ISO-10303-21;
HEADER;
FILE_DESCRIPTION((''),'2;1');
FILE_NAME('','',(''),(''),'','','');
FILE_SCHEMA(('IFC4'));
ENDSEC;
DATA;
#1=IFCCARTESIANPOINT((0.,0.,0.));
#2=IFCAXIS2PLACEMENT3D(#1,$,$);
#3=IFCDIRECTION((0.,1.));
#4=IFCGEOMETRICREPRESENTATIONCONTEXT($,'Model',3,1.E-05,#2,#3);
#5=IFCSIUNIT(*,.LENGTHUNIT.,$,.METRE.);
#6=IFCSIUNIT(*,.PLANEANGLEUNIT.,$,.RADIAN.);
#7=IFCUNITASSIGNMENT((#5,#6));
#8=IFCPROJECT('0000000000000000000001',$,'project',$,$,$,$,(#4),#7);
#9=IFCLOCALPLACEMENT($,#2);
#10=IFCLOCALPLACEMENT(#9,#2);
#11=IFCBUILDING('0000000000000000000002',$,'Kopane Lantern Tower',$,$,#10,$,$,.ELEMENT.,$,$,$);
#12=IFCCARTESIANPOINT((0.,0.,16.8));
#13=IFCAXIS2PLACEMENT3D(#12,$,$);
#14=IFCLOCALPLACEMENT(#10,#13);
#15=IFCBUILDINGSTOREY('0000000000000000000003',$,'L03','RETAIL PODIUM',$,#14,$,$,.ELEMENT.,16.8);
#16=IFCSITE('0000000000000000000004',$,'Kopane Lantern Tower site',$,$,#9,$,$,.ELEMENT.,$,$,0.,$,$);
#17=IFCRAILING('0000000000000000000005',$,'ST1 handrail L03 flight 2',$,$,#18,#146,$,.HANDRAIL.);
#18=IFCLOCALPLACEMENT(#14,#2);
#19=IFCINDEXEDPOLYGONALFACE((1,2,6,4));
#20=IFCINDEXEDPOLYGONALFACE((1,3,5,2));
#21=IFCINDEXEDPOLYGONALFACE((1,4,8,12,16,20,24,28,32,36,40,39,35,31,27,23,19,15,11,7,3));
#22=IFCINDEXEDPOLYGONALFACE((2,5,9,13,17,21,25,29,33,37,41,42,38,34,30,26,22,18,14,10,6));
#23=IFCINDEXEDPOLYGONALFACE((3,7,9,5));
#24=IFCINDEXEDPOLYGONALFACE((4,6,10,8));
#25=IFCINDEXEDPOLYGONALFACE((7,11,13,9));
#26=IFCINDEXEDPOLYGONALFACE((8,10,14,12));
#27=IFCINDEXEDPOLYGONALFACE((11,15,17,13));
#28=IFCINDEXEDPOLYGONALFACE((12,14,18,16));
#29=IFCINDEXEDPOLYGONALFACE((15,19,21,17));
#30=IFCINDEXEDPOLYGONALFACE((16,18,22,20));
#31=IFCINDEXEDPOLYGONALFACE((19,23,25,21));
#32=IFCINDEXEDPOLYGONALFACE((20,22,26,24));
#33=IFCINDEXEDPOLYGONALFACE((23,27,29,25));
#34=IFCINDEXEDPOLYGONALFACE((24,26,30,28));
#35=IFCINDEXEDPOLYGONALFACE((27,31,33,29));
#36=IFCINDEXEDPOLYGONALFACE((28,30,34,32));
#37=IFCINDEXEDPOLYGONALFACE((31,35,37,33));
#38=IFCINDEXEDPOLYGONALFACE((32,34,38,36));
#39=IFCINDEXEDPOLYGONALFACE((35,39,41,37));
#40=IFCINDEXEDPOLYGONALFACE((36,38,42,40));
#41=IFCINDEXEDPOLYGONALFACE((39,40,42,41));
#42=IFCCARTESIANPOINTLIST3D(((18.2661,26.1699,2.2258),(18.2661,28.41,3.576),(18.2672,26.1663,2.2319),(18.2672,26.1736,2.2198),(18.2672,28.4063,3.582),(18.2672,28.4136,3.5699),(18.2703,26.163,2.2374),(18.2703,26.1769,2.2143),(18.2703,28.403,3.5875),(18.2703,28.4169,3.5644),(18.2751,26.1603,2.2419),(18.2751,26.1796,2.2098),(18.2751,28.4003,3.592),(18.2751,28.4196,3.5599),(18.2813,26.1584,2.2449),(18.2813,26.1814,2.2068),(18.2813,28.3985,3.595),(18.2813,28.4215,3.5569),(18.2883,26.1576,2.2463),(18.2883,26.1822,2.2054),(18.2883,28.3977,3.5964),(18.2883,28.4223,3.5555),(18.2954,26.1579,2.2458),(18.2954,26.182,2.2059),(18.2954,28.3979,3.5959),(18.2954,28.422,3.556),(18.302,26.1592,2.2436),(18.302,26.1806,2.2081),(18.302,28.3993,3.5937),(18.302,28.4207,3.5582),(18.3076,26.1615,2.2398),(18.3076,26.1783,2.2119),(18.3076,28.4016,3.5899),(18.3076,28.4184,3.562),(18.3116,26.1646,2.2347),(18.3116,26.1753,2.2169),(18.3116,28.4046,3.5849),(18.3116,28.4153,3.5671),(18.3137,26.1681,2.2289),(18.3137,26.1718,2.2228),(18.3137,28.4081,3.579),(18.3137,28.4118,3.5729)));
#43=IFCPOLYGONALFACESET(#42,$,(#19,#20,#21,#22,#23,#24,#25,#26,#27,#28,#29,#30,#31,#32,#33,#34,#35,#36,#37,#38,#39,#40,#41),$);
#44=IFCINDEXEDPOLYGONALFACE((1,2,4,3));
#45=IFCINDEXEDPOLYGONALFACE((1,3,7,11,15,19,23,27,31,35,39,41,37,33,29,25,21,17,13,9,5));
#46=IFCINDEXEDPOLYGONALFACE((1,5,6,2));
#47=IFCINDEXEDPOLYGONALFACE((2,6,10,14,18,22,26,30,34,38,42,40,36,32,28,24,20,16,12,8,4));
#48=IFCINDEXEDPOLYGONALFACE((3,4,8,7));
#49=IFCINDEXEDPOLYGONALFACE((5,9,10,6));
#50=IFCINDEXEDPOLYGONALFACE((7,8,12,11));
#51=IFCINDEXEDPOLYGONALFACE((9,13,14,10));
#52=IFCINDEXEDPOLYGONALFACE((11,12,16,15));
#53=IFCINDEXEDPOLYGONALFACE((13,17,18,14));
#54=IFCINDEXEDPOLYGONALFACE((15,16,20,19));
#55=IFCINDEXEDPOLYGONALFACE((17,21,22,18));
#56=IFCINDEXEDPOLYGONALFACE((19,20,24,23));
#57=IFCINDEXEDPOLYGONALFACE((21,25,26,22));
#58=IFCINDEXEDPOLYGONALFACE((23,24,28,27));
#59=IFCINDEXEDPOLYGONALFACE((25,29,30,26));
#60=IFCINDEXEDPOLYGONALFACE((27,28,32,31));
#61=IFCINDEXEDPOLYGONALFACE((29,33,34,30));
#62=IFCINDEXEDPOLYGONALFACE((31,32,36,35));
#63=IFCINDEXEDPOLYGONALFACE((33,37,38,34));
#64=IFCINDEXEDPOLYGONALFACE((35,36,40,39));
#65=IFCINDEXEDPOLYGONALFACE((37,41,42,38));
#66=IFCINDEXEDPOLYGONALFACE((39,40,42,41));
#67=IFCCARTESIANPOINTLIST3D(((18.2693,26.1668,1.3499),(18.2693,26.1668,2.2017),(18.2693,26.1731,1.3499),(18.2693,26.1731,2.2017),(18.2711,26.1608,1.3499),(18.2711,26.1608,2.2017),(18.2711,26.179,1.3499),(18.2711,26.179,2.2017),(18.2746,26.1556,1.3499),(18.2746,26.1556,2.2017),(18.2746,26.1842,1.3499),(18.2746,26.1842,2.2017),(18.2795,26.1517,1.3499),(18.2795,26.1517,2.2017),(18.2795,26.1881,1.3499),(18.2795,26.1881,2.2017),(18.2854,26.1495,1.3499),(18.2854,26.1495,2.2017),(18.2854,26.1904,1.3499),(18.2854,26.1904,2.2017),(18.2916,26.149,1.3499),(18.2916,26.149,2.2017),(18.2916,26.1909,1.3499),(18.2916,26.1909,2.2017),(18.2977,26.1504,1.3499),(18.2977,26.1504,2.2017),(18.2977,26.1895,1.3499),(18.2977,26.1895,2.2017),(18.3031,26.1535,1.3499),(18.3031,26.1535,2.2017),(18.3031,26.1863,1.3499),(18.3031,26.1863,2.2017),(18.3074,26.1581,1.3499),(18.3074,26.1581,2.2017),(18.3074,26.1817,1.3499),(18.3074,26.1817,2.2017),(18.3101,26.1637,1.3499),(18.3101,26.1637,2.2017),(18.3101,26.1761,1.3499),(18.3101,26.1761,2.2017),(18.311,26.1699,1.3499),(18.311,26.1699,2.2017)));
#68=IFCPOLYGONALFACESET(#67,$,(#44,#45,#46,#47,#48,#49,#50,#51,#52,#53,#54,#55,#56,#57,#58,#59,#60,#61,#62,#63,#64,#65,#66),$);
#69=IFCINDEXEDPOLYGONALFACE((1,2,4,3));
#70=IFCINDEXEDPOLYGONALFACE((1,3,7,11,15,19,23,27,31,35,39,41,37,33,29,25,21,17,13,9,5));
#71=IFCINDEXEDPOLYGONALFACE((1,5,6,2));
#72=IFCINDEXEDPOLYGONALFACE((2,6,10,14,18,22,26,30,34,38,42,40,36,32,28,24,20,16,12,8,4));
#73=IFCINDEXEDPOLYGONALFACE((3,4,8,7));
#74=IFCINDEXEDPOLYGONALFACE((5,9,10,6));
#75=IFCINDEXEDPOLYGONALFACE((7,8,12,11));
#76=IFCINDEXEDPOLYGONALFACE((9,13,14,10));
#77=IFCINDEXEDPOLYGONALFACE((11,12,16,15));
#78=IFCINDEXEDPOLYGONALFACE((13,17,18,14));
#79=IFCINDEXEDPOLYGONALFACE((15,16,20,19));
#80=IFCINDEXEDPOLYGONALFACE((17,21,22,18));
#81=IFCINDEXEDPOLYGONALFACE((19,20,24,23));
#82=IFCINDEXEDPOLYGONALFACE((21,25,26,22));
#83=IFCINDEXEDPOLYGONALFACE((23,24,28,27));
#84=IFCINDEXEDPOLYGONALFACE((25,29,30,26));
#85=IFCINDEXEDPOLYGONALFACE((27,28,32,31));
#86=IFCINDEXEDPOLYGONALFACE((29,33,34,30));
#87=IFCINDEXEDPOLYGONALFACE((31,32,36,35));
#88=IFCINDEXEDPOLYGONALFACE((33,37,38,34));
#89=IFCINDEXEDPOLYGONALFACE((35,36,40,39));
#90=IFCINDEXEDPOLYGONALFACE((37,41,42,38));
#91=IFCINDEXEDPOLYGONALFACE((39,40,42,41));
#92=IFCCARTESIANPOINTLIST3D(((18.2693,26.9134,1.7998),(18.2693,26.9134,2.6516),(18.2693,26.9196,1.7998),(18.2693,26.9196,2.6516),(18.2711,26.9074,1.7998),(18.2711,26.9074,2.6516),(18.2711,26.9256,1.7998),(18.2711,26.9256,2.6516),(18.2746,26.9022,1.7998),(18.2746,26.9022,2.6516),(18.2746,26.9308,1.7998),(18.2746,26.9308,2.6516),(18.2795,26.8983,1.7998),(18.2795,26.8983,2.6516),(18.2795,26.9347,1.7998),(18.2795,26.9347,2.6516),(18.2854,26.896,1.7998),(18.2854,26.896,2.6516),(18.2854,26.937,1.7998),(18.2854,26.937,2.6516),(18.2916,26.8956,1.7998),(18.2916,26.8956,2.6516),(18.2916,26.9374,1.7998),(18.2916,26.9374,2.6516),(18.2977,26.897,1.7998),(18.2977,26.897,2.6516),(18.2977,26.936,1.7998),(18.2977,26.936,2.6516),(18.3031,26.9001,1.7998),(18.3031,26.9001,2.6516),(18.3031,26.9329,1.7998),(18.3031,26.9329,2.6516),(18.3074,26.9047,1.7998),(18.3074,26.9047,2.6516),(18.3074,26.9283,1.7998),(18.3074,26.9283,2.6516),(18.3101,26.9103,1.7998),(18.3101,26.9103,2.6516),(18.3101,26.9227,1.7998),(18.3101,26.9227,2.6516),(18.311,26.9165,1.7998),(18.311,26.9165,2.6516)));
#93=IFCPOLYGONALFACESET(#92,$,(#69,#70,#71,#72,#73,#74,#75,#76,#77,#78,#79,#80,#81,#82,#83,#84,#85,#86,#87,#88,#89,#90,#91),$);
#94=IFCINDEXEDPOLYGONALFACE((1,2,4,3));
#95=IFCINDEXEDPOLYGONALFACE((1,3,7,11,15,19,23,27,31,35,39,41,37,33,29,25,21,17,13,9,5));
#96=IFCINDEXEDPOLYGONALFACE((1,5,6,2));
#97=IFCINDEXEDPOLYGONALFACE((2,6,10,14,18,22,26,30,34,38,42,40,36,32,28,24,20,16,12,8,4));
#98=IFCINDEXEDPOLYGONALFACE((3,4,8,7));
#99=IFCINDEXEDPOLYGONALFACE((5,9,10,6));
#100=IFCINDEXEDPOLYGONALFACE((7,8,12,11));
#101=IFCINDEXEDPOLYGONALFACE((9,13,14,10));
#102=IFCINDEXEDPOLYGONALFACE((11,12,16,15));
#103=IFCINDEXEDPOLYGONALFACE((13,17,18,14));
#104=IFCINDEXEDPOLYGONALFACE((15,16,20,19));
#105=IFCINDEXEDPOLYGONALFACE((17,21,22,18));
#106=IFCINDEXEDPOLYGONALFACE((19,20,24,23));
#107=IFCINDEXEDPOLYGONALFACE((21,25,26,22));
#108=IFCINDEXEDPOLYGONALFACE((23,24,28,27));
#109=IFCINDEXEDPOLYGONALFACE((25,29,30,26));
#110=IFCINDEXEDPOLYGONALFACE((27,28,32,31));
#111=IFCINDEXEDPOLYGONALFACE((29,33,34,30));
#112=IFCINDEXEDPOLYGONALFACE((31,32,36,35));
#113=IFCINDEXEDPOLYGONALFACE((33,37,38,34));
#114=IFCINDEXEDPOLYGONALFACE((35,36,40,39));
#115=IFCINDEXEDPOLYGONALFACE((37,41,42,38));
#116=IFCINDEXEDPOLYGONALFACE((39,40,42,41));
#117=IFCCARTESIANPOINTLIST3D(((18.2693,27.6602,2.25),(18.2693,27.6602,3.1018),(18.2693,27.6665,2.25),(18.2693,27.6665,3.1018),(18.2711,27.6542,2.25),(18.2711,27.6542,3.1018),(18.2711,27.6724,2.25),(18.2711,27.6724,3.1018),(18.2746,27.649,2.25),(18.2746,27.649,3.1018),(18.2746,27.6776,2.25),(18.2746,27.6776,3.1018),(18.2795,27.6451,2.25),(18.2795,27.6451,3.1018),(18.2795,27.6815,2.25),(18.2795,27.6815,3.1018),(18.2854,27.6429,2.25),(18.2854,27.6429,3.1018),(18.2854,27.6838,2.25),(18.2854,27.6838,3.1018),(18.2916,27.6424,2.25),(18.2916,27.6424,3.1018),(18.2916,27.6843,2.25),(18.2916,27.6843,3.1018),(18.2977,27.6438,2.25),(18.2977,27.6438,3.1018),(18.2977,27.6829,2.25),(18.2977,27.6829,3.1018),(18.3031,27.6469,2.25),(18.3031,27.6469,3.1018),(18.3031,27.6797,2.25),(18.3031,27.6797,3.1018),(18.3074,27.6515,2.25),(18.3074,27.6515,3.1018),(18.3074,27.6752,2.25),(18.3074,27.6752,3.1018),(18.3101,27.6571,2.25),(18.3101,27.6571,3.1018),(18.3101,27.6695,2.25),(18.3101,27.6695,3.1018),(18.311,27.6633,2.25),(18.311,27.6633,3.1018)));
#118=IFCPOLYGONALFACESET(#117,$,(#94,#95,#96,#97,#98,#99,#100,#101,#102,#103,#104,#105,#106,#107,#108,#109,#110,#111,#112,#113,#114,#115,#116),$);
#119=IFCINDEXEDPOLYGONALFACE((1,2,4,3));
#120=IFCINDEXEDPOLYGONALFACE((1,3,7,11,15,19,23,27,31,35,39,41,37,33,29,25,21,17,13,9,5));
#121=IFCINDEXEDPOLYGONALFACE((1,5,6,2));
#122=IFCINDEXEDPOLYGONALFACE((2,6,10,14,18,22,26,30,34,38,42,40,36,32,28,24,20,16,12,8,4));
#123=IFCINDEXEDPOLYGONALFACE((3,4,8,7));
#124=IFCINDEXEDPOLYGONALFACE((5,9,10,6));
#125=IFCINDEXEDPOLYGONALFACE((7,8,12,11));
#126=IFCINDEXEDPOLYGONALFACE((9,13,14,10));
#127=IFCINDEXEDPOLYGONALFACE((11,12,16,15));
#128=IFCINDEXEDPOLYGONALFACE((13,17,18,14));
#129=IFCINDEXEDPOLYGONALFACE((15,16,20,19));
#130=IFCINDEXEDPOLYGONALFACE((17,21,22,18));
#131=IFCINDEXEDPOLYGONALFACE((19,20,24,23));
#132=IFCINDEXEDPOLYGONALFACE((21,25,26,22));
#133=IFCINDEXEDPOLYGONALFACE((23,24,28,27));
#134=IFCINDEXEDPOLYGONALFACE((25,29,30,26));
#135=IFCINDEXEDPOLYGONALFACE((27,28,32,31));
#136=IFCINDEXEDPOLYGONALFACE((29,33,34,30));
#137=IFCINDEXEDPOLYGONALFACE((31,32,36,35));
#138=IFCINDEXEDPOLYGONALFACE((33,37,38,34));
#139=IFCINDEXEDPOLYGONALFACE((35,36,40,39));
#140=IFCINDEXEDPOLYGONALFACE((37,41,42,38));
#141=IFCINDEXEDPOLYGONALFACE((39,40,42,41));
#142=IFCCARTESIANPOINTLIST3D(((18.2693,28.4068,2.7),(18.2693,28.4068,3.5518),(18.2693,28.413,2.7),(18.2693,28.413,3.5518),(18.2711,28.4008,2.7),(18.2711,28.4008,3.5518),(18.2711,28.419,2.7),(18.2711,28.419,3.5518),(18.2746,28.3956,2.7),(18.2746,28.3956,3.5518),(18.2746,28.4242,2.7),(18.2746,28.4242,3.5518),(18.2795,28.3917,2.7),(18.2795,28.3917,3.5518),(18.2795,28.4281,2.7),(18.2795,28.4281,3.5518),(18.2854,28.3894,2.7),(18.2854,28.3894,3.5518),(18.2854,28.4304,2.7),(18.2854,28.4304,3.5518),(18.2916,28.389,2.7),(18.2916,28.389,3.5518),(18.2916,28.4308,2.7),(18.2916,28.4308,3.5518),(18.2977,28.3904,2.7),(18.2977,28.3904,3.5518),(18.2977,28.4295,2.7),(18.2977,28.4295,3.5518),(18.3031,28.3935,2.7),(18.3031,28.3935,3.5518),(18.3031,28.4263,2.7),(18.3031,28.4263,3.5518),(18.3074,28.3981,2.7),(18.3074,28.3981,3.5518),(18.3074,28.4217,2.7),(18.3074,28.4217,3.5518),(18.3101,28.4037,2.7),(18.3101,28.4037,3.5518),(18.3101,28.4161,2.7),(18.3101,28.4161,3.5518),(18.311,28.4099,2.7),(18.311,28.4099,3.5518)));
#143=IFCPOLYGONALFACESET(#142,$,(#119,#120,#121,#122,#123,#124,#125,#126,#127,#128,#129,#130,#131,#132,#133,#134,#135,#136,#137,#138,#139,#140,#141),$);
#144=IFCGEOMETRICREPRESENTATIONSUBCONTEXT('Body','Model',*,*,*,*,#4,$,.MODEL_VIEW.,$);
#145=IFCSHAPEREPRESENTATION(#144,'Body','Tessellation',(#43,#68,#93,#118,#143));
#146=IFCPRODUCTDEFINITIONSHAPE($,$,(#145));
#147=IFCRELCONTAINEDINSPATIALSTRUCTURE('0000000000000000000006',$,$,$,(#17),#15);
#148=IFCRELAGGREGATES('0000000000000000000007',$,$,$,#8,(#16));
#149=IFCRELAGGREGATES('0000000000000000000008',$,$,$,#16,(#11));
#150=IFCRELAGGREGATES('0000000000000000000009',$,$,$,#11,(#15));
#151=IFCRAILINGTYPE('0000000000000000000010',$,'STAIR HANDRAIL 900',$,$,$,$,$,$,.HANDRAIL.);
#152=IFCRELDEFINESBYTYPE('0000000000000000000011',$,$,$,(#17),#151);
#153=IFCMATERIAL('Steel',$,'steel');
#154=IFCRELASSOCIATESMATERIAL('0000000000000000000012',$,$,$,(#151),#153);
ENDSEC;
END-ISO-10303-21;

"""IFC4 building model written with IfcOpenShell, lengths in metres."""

from ifc_helpers import new_model, si_unit, direction, frame, origin, origin_2d, place, context, subcontext, project, spatial, circle, extrude, material, type_object, element, save


model = new_model("IFC4")

# Units and contexts
model_context = context("Model", 3, precision=1e-05, world=origin(), true_north=direction((0.0, 1.0)))
body_context = subcontext(model_context, "Body", "Model", "MODEL_VIEW")
ifc_project = project(units=[si_unit("LENGTHUNIT", "METRE"), si_unit("PLANEANGLEUNIT", "RADIAN")], contexts=[model_context])

# Site, building, storey
site_placement = place(None, origin())
site = spatial("IfcSite", under=ifc_project, at=site_placement, Name="Kopane Lantern Tower site", CompositionType="ELEMENT", RefElevation=0.0)
building_placement = place(site_placement, origin())
building = spatial("IfcBuilding", under=site, at=building_placement, Name="Kopane Lantern Tower", CompositionType="ELEMENT")
storey_placement = place(building_placement, frame((0.0, 0.0, 16.8)))
storey = spatial("IfcBuildingStorey", under=building, at=storey_placement, Name="L03", Description="RETAIL PODIUM", CompositionType="ELEMENT", Elevation=16.8)

# Railing
ifc_material_1 = material(Name="Steel", Category="steel")
railing_type_1 = type_object("IfcRailingType", Name="STAIR HANDRAIL 900", PredefinedType="HANDRAIL", material=ifc_material_1)
railing_1_placement = place(storey_placement, frame((18.29, 26.1699, 1.3499)))
element("IfcRailing", 1, at=railing_1_placement, inside=storey, type_object=railing_type_1, Name="ST1 handrail L03 flight 2", PredefinedType="HANDRAIL", context=body_context, shape_type="SweptSolid", body=[
    extrude(circle(Radius=0.0239, at=origin_2d()), frame((0.0, 0.0, 0.876), z_axis=(0.0, 0.856462, 0.516211), x_axis=(-1.0, 0.0, 0.0)), (0.0, 0.0, 1.0), 2.6155),
    extrude(circle(Radius=0.021, at=origin_2d()), origin(), (0.0, 0.0, 1.0), 0.8518),
    extrude(circle(Radius=0.021, at=origin_2d()), frame((0.0, 0.7466, 0.45)), (0.0, 0.0, 1.0), 0.8518),
    extrude(circle(Radius=0.021, at=origin_2d()), frame((0.0, 1.4934, 0.9001)), (0.0, 0.0, 1.0), 0.8518),
    extrude(circle(Radius=0.021, at=origin_2d()), frame((0.0, 2.24, 1.3501)), (0.0, 0.0, 1.0), 0.8518),
])

save(model, "model.ifc")
